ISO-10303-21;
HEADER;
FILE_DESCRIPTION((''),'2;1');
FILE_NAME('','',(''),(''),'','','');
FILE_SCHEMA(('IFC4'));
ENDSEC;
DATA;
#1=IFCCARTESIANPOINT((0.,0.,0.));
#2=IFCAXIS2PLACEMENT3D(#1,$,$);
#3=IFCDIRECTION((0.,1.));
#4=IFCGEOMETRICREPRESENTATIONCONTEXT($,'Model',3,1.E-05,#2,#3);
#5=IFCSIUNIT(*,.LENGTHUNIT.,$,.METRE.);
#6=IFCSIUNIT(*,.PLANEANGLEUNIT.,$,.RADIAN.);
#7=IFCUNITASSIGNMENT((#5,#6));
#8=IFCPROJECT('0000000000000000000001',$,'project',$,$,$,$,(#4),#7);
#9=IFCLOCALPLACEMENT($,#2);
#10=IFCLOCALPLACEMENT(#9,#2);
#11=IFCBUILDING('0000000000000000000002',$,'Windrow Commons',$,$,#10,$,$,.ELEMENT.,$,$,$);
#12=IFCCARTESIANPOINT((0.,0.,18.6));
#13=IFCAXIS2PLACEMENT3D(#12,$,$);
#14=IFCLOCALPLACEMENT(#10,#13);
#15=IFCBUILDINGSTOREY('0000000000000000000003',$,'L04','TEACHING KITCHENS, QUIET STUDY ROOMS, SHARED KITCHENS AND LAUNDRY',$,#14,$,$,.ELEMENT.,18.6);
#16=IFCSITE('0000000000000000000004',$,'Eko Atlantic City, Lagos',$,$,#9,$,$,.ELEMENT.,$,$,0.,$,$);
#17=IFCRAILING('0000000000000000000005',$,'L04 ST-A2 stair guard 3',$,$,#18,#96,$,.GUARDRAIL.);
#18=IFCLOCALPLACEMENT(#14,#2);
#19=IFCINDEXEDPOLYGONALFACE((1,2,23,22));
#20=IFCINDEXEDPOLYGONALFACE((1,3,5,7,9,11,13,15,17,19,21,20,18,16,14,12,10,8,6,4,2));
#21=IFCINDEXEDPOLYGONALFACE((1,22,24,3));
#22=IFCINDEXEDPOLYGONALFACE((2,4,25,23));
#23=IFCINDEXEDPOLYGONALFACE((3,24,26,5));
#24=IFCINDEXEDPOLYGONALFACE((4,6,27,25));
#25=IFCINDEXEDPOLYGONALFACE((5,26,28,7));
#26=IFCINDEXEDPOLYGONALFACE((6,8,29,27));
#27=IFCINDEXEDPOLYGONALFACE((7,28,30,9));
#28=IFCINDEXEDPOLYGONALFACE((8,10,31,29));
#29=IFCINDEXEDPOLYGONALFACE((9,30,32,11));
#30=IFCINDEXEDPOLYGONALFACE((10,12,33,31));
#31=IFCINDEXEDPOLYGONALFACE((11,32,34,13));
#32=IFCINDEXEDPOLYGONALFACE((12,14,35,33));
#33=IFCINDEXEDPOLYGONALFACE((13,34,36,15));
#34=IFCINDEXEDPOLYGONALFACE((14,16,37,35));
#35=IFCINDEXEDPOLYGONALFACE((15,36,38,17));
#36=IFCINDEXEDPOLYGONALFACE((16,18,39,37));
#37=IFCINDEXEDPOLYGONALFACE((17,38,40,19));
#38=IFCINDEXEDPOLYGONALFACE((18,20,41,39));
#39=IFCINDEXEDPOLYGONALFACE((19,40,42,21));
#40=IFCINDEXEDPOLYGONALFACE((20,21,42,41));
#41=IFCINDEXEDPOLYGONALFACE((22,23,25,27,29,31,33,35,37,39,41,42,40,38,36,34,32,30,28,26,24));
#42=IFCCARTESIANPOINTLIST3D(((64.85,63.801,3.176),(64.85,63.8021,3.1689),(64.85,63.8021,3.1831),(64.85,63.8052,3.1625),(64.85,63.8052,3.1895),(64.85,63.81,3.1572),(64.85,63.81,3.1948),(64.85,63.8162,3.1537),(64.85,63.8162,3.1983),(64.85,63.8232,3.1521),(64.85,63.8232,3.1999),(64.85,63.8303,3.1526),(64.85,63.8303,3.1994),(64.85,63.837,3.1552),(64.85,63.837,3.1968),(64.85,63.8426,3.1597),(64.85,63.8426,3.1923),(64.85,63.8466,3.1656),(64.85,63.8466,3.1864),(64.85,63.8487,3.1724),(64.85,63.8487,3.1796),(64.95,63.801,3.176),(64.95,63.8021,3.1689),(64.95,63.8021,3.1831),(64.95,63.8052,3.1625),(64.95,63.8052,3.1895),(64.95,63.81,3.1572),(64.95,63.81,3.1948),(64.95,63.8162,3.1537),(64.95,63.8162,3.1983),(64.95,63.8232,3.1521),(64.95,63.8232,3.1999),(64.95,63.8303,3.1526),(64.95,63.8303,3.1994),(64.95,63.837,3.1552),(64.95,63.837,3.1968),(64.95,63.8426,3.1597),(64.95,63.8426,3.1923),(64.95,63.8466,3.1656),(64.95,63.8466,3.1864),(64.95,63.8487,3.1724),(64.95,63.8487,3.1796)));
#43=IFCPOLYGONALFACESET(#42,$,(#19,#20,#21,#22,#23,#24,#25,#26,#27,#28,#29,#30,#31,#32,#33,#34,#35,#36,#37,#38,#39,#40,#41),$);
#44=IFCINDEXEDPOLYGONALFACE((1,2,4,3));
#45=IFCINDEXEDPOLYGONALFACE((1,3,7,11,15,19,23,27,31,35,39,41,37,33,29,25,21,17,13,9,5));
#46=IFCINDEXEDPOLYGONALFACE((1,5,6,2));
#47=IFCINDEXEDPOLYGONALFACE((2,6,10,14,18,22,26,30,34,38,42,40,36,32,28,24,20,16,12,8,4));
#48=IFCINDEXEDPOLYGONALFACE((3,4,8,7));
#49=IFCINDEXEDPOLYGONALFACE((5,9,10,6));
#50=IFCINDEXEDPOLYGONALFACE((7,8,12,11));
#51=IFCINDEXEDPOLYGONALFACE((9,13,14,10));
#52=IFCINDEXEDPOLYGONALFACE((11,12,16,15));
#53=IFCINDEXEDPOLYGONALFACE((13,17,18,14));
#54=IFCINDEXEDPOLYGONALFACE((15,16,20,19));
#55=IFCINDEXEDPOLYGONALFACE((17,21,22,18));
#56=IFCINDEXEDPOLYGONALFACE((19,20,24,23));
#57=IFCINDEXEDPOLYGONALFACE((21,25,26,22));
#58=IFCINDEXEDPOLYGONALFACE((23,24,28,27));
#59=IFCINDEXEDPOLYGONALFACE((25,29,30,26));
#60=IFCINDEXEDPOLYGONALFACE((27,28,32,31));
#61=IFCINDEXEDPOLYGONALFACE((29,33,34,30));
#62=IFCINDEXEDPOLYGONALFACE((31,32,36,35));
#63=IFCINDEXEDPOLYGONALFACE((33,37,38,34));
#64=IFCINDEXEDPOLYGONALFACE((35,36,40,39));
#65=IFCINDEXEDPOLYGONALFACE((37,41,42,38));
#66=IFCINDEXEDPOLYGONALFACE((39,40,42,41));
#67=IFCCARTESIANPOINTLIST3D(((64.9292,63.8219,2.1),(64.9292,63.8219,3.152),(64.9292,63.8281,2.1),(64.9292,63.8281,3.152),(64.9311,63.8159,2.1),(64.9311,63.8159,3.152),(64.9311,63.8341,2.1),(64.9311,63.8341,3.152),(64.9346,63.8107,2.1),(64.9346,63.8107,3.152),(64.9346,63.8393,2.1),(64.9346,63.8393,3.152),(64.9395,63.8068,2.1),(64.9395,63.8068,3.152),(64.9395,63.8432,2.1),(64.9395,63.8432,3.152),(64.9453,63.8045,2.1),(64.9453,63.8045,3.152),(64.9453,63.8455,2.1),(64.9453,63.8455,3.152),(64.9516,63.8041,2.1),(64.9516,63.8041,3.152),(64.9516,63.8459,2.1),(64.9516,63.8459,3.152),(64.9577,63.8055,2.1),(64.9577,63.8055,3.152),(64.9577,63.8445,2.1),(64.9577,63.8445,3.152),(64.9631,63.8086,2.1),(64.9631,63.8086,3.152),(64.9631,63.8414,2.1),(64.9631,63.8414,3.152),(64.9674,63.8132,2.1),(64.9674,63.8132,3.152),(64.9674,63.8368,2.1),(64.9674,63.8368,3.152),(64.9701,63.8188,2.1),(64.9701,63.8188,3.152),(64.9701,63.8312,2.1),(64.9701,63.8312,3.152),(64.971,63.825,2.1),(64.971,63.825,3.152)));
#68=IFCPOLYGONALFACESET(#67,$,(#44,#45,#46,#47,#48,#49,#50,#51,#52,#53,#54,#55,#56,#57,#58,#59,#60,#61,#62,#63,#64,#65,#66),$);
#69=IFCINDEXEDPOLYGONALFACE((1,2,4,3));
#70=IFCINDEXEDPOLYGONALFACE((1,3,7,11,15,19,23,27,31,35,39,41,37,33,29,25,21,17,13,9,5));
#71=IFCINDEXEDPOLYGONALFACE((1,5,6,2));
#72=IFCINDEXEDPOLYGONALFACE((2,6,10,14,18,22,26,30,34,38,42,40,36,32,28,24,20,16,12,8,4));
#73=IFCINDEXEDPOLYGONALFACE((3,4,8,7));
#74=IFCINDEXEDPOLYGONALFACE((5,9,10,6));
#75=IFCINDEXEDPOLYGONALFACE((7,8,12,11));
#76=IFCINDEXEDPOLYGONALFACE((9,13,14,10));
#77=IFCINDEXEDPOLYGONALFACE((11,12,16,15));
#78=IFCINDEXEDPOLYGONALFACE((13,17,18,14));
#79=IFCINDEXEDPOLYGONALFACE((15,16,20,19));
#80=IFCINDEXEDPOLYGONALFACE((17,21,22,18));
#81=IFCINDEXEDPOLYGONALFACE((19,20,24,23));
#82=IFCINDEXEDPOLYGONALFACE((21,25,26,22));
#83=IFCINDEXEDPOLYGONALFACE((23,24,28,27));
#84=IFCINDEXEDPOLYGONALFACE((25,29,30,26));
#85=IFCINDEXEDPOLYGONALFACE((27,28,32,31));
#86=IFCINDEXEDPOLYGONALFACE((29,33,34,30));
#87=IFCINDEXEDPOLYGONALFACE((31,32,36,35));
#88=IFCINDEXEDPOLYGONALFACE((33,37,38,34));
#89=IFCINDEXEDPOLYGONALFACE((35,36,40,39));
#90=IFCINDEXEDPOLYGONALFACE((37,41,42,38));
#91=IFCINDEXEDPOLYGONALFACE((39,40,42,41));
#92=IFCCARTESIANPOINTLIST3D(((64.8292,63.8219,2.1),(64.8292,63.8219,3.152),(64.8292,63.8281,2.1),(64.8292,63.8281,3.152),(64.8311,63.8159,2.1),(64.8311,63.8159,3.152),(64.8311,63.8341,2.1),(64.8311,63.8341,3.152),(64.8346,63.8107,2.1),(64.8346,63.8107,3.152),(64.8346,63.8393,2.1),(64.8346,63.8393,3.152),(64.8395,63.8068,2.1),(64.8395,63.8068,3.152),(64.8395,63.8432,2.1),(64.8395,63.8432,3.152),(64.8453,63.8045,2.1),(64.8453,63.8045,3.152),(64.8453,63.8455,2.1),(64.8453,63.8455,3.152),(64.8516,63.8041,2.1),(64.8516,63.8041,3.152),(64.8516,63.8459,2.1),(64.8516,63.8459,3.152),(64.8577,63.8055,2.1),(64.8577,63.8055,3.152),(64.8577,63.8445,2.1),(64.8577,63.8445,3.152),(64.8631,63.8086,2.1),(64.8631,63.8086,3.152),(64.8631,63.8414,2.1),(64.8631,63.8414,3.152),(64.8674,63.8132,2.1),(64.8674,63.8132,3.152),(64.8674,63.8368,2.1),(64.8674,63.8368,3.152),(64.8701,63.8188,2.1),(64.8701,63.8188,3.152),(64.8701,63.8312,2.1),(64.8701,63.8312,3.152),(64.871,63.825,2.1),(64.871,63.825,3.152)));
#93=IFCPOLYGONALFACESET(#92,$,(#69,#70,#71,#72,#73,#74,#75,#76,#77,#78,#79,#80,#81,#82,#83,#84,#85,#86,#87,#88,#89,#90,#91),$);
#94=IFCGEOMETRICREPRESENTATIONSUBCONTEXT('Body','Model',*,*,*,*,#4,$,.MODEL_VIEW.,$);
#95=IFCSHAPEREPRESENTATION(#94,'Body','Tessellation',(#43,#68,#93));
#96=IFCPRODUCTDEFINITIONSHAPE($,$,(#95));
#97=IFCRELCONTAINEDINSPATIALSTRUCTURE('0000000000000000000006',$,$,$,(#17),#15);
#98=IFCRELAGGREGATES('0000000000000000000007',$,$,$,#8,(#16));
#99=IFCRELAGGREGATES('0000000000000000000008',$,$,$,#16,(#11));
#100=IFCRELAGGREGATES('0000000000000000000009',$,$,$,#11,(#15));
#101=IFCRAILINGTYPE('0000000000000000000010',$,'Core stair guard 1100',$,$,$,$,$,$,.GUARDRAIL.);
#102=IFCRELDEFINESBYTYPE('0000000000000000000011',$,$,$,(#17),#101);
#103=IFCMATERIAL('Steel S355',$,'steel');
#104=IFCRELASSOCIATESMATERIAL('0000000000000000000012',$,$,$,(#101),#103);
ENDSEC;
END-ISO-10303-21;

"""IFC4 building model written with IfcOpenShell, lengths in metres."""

from ifc_helpers import new_model, si_unit, direction, frame, origin, origin_2d, place, context, subcontext, project, spatial, circle, extrude, material, type_object, element, save


model = new_model("IFC4")

# Units and contexts
model_context = context("Model", 3, precision=1e-05, world=origin(), true_north=direction((0.0, 1.0)))
body_context = subcontext(model_context, "Body", "Model", "MODEL_VIEW")
ifc_project = project(units=[si_unit("LENGTHUNIT", "METRE"), si_unit("PLANEANGLEUNIT", "RADIAN")], contexts=[model_context])

# Site, building, storey
site_placement = place(None, origin())
site = spatial("IfcSite", under=ifc_project, at=site_placement, Name="Eko Atlantic City, Lagos", CompositionType="ELEMENT", RefElevation=0.0)
building_placement = place(site_placement, origin())
building = spatial("IfcBuilding", under=site, at=building_placement, Name="Windrow Commons", CompositionType="ELEMENT")
storey_placement = place(building_placement, frame((0.0, 0.0, 18.6)))
storey = spatial("IfcBuildingStorey", under=building, at=storey_placement, Name="L04", Description="TEACHING KITCHENS, QUIET STUDY ROOMS, SHARED KITCHENS AND LAUNDRY", CompositionType="ELEMENT", Elevation=18.6)

# Railing
ifc_material_1 = material(Name="Steel S355", Category="steel")
railing_type_1 = type_object("IfcRailingType", Name="Core stair guard 1100", PredefinedType="GUARDRAIL", material=ifc_material_1)
railing_1_placement = place(storey_placement, frame((64.95, 63.825, 2.1)))
element("IfcRailing", 1, at=railing_1_placement, inside=storey, type_object=railing_type_1, Name="L04 ST-A2 stair guard 3", PredefinedType="GUARDRAIL", context=body_context, shape_type="SweptSolid", body=[
    extrude(circle(Radius=0.024, at=origin_2d()), frame((0.0, 0.0, 1.076), z_axis=(-1.0, 0.0, 0.0), x_axis=(0.0, -1.0, 0.0)), (0.0, 0.0, 1.0), 0.1),
    extrude(circle(Radius=0.021, at=origin_2d()), origin(), (0.0, 0.0, 1.0), 1.052),
    extrude(circle(Radius=0.021, at=origin_2d()), frame((-0.1, 0.0, 0.0)), (0.0, 0.0, 1.0), 1.052),
])

save(model, "model.ifc")
